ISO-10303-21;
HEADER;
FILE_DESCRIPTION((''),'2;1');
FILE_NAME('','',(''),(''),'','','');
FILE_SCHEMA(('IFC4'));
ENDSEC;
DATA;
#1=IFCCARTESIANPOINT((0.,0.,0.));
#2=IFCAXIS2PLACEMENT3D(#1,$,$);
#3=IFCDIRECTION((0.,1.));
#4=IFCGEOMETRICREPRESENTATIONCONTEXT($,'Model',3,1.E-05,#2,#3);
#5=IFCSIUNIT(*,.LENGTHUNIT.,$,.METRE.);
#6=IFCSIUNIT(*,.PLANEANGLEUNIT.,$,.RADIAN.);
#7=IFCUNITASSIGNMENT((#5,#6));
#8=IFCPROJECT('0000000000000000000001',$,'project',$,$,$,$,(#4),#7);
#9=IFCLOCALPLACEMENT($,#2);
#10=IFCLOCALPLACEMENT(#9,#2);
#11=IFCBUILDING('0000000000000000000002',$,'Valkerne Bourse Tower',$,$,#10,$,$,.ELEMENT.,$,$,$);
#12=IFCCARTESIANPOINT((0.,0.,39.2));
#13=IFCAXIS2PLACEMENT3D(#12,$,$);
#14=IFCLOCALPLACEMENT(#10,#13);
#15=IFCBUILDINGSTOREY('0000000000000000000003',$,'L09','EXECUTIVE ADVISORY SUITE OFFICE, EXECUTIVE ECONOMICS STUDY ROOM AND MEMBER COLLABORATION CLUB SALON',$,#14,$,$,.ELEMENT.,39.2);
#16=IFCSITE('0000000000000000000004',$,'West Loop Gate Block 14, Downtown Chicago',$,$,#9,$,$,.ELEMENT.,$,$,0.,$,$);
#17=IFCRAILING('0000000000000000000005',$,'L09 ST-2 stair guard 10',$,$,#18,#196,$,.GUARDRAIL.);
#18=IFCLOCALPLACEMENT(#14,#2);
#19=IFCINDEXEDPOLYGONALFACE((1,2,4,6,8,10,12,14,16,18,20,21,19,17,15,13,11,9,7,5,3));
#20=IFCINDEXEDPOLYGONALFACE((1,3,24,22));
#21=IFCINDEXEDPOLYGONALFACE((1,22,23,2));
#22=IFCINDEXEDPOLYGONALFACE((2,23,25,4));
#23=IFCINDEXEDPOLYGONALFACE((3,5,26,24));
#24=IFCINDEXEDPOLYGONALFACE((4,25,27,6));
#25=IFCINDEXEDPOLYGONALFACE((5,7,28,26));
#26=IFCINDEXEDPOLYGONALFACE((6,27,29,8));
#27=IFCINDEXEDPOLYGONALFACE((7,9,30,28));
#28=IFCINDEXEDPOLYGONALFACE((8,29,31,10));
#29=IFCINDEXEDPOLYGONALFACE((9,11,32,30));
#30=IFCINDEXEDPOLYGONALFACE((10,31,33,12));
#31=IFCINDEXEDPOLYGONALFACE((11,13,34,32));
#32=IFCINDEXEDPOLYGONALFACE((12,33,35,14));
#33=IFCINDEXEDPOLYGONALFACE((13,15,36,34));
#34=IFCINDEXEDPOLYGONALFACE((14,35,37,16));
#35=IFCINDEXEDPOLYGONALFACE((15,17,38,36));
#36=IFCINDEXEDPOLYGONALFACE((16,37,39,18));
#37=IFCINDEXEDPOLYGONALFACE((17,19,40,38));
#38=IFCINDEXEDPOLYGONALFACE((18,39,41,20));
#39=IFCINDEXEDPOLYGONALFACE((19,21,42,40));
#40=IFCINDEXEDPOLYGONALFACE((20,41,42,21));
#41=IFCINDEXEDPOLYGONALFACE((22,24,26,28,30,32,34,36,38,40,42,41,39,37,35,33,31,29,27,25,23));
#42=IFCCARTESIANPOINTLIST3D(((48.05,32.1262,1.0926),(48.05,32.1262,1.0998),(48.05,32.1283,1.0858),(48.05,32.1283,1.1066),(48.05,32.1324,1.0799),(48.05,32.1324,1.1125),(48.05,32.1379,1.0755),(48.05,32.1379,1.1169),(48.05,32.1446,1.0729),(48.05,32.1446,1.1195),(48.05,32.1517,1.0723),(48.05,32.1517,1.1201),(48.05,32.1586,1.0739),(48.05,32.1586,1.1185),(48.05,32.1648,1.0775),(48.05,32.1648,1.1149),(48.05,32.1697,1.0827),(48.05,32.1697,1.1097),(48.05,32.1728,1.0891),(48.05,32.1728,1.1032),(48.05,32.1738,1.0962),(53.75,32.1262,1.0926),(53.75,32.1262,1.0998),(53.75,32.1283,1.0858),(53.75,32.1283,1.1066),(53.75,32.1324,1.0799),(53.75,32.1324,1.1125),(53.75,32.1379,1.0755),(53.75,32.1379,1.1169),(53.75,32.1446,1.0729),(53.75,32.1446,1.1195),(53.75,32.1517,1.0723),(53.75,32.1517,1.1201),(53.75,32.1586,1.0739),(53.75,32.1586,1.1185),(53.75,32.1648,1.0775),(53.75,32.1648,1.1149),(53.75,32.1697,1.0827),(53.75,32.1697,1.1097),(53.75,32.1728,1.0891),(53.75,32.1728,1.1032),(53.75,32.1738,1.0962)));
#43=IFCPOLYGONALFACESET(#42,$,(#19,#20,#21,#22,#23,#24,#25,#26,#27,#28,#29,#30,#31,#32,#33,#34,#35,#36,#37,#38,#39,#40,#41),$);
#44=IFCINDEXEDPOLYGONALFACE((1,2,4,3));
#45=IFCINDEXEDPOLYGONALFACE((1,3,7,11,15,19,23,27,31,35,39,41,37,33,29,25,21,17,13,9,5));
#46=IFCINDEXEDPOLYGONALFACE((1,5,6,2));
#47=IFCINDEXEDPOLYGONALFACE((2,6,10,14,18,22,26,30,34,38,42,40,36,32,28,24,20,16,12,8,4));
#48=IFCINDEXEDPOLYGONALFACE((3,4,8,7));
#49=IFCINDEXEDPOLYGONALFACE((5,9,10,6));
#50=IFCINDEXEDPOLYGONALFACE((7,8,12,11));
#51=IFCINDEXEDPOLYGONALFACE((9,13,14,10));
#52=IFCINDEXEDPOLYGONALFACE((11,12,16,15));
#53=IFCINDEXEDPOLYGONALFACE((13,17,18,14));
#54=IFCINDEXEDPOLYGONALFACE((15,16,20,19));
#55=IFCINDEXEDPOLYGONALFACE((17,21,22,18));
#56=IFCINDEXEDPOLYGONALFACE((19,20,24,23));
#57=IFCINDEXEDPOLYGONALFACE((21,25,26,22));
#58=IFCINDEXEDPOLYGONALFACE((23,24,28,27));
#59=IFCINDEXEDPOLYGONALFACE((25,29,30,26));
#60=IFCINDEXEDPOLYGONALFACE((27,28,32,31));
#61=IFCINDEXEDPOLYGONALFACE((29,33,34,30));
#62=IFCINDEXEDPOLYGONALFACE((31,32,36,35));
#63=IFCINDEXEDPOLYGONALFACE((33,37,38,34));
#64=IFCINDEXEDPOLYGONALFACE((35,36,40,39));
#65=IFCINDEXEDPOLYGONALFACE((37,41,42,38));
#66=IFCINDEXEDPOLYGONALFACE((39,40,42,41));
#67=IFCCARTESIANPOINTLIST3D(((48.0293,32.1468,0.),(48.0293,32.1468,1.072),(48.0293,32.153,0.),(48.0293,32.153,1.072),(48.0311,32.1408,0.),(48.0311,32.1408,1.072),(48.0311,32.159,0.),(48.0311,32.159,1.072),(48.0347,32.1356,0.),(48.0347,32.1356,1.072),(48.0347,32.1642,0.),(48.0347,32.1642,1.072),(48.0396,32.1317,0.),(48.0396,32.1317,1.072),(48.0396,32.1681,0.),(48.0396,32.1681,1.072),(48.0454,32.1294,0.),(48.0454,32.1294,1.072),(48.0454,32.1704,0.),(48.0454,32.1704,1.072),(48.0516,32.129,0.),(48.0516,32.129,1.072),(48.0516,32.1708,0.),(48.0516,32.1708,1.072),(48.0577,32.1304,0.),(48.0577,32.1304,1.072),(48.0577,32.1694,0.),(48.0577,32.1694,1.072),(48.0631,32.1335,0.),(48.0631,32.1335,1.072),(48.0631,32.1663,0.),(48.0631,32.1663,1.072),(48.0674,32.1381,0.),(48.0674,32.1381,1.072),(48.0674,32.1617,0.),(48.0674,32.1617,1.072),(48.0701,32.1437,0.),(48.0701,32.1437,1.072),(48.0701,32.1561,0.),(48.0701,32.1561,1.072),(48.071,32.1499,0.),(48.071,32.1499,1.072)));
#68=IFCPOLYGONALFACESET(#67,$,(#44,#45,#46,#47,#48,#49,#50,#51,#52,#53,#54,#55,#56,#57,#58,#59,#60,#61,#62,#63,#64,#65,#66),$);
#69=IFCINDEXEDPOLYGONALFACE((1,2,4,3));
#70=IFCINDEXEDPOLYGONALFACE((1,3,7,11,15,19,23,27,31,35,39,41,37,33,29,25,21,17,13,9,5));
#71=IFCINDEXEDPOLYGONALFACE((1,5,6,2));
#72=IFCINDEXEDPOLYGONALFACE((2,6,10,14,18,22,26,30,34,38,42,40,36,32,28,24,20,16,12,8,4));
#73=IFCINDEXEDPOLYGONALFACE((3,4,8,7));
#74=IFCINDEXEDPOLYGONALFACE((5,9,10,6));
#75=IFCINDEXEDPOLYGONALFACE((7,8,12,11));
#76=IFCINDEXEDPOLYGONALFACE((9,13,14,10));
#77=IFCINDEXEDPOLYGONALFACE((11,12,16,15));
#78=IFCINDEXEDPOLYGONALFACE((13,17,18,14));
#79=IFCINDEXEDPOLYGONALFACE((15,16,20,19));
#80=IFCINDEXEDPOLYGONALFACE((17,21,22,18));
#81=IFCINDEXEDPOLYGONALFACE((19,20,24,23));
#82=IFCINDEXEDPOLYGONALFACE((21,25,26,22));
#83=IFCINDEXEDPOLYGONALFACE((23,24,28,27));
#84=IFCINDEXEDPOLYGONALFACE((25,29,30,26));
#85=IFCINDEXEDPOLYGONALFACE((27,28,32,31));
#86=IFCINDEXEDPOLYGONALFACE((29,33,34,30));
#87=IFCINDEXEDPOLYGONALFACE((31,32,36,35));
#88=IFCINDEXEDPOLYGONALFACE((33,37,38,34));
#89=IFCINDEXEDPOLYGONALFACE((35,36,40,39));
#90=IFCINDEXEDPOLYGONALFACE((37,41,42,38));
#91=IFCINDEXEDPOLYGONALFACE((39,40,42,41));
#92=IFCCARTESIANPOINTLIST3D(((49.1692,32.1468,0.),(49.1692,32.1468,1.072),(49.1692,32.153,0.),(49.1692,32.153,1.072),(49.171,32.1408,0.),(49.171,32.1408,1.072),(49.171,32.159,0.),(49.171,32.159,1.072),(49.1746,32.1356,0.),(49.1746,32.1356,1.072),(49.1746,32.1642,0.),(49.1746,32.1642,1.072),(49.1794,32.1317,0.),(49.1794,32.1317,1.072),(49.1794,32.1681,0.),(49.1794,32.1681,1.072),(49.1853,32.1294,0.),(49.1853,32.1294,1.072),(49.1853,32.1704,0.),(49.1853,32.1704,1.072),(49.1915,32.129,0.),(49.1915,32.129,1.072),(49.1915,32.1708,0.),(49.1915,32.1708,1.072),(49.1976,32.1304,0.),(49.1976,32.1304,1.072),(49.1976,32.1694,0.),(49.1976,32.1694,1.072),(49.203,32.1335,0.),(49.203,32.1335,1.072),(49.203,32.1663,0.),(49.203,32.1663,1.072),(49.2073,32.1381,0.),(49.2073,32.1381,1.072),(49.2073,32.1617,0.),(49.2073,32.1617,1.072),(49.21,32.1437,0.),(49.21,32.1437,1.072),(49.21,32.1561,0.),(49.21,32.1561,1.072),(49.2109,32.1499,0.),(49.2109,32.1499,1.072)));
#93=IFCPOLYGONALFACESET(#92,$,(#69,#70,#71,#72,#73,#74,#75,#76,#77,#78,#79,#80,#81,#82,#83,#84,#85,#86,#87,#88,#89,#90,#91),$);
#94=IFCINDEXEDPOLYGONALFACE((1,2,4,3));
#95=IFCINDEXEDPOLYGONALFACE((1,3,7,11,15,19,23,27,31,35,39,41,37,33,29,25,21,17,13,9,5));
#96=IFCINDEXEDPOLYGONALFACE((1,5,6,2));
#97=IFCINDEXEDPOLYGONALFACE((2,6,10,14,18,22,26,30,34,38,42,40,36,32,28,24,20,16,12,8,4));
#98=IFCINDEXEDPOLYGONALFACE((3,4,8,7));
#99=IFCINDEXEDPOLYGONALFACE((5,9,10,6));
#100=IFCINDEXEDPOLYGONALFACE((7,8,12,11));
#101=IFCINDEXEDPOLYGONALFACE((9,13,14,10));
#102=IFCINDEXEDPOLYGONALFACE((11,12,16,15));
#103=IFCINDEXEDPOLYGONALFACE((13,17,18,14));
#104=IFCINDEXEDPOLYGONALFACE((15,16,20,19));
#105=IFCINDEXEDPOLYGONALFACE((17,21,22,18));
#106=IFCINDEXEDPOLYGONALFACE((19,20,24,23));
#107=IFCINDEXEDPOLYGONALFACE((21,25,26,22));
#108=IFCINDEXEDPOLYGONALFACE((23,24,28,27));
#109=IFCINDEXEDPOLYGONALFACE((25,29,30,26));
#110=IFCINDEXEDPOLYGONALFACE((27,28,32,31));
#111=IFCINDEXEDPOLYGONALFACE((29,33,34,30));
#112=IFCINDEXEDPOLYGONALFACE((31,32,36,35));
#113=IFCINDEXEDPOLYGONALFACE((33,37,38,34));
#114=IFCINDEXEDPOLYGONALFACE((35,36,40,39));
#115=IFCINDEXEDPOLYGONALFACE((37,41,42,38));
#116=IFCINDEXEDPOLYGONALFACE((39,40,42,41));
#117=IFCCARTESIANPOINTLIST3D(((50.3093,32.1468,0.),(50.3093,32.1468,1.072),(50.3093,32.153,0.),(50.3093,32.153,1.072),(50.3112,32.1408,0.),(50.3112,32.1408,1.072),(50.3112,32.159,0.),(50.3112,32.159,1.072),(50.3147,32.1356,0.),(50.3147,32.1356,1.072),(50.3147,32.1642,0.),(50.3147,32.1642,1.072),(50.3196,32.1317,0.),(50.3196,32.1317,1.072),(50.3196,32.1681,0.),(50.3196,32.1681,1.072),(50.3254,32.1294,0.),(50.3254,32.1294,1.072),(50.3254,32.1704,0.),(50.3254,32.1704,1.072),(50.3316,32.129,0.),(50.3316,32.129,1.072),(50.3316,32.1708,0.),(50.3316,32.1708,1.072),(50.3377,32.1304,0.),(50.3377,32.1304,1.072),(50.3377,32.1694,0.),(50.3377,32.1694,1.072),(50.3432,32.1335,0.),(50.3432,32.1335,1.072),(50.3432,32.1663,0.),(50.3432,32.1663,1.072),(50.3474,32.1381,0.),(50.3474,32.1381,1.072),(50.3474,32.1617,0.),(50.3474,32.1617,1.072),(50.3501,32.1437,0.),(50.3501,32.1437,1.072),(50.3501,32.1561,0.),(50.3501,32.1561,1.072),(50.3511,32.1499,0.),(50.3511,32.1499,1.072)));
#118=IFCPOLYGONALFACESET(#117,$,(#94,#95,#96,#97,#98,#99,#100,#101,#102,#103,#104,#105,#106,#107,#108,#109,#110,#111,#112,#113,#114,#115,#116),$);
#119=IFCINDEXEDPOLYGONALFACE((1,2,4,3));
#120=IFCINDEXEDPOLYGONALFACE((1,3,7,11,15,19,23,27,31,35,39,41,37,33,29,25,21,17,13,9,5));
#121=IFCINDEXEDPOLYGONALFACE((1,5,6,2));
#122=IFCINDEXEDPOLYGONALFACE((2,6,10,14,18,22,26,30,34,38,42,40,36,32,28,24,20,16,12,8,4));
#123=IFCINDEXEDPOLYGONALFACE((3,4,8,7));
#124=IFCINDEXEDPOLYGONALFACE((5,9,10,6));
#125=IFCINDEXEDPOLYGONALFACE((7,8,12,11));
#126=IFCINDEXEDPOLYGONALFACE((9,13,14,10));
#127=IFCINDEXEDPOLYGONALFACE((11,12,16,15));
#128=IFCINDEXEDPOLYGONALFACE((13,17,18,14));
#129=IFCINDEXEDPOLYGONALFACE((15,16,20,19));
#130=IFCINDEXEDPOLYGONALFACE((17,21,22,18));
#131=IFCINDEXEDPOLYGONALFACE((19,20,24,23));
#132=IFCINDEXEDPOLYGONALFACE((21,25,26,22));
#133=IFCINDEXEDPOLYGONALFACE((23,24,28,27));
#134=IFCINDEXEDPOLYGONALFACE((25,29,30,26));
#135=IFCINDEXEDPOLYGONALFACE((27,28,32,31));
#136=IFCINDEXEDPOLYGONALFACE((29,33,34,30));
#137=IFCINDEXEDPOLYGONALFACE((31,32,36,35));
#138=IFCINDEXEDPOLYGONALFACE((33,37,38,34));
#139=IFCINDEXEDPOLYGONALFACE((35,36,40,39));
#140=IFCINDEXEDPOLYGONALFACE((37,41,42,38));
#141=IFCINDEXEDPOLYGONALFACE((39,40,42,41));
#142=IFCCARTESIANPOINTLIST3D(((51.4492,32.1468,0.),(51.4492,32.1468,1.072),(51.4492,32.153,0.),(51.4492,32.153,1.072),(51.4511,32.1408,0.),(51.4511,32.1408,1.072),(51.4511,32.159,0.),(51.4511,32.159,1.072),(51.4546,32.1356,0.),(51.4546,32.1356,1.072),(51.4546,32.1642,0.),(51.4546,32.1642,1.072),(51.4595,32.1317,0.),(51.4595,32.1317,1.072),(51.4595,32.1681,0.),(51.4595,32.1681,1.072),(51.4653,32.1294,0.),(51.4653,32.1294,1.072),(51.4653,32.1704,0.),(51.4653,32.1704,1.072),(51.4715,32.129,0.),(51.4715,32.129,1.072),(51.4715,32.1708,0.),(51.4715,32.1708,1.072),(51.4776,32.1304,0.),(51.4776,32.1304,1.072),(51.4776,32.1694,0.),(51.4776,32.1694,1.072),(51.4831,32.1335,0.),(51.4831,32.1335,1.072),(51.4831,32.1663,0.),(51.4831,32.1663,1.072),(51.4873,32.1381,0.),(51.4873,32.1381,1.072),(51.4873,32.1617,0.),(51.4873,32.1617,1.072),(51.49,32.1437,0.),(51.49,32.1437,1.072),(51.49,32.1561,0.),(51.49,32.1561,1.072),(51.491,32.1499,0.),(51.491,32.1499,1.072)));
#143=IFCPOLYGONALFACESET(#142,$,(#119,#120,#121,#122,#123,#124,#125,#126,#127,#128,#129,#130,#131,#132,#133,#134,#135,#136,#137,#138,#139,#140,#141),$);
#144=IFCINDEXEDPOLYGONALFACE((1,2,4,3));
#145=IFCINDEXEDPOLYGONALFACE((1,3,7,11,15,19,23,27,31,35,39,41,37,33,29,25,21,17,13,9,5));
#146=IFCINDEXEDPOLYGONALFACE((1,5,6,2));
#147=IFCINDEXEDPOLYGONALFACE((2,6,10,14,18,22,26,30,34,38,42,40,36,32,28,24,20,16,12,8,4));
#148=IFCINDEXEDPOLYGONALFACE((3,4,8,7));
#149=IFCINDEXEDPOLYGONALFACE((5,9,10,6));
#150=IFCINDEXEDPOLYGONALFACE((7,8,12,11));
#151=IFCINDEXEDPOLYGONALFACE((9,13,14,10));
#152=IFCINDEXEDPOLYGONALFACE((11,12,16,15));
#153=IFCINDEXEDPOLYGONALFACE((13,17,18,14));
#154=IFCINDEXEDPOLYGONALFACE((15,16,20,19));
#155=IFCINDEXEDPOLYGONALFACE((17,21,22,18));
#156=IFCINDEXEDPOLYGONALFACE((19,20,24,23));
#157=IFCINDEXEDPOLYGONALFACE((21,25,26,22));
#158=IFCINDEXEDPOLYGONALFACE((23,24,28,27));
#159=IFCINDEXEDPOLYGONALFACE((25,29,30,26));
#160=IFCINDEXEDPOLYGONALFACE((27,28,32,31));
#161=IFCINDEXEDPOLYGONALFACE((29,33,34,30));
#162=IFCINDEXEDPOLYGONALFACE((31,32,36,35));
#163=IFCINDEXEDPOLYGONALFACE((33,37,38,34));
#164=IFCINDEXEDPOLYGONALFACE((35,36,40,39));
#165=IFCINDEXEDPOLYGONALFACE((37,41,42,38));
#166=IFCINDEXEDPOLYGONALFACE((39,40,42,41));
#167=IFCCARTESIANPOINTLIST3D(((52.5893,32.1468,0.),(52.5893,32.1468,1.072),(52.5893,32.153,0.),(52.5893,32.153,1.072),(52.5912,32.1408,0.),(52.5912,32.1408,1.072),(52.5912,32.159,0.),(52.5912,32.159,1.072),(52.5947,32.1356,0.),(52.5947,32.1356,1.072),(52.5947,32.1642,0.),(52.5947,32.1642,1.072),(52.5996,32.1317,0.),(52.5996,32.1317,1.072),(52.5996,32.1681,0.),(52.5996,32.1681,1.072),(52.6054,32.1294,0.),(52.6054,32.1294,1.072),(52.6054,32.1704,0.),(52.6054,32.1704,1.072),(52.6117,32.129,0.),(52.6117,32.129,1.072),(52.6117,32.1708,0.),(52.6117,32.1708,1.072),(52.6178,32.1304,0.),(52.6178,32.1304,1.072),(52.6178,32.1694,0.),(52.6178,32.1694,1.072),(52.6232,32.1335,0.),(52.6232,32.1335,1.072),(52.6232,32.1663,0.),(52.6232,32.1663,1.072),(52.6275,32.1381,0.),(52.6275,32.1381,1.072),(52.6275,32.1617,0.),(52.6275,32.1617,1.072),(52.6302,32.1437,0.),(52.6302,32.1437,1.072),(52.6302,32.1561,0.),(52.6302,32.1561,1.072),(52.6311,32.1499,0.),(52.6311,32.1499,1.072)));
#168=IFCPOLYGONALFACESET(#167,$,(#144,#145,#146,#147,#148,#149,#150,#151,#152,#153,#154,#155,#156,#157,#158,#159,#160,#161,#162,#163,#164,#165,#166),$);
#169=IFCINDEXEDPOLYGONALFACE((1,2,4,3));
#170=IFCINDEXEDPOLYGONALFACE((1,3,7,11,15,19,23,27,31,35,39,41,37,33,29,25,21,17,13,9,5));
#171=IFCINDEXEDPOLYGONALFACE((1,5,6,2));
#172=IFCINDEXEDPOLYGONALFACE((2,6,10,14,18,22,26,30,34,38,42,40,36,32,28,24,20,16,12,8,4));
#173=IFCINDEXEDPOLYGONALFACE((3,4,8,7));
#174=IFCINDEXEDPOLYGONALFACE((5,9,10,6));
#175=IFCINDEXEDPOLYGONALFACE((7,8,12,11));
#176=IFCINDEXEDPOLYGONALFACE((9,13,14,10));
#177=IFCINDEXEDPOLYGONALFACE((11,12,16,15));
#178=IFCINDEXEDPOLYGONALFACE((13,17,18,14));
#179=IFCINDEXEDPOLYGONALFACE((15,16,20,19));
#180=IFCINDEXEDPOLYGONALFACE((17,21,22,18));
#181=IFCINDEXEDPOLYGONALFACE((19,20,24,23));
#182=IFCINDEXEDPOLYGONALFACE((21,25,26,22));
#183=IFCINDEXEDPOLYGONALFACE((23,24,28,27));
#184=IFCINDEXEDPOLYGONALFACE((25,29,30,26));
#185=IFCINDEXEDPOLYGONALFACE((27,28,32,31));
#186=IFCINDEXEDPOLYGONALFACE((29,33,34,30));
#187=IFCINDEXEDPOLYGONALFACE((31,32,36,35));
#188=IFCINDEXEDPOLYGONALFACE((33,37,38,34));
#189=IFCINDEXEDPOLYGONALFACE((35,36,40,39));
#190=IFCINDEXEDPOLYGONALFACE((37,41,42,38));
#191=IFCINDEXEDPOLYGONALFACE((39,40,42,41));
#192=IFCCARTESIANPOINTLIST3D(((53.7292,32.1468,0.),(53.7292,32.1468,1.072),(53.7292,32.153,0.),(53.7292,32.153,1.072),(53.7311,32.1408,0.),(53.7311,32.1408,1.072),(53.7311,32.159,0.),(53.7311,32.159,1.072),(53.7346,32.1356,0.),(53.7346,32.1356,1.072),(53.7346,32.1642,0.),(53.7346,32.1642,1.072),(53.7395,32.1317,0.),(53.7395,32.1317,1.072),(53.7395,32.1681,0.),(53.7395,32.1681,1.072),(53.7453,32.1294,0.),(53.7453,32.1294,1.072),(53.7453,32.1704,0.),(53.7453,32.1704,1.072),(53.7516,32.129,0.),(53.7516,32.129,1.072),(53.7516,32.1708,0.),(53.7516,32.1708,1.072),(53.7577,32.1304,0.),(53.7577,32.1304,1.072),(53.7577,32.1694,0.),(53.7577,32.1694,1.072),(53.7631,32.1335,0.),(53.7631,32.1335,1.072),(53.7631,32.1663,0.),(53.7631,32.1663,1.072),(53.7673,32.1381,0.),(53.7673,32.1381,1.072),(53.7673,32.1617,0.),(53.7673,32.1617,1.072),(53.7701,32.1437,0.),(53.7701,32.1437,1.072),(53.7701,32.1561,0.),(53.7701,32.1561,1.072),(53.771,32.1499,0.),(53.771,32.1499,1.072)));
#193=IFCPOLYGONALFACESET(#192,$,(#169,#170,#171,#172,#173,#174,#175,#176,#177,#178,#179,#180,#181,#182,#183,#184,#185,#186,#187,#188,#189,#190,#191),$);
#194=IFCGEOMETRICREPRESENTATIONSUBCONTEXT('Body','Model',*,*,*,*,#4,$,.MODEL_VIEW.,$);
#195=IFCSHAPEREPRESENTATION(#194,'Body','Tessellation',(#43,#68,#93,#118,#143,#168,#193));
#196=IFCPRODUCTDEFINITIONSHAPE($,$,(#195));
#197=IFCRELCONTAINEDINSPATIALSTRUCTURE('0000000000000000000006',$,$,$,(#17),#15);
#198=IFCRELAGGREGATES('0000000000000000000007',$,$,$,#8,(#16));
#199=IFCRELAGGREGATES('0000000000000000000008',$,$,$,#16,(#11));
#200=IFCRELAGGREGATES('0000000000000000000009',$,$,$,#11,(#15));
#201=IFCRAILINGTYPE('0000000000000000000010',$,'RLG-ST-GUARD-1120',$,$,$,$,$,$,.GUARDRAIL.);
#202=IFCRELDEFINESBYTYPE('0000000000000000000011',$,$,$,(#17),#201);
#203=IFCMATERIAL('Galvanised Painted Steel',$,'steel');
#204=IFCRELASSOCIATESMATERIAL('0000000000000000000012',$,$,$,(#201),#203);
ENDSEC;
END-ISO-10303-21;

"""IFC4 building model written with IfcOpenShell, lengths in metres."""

from ifc_helpers import new_model, si_unit, direction, frame, origin, origin_2d, place, context, subcontext, project, spatial, circle, extrude, material, type_object, element, save


model = new_model("IFC4")

# Units and contexts
model_context = context("Model", 3, precision=1e-05, world=origin(), true_north=direction((0.0, 1.0)))
body_context = subcontext(model_context, "Body", "Model", "MODEL_VIEW")
ifc_project = project(units=[si_unit("LENGTHUNIT", "METRE"), si_unit("PLANEANGLEUNIT", "RADIAN")], contexts=[model_context])

# Site, building, storey
site_placement = place(None, origin())
site = spatial("IfcSite", under=ifc_project, at=site_placement, Name="West Loop Gate Block 14, Downtown Chicago", CompositionType="ELEMENT", RefElevation=0.0)
building_placement = place(site_placement, origin())
building = spatial("IfcBuilding", under=site, at=building_placement, Name="Valkerne Bourse Tower", CompositionType="ELEMENT")
storey_placement = place(building_placement, frame((0.0, 0.0, 39.2)))
storey = spatial("IfcBuildingStorey", under=building, at=storey_placement, Name="L09", Description="EXECUTIVE ADVISORY SUITE OFFICE, EXECUTIVE ECONOMICS STUDY ROOM AND MEMBER COLLABORATION CLUB SALON", CompositionType="ELEMENT", Elevation=39.2)

# Shared definitions
ifc_material_1 = material(Name="Galvanised Painted Steel", Category="steel")

# Railing
railing_type_1 = type_object("IfcRailingType", Name="RLG-ST-GUARD-1120", PredefinedType="GUARDRAIL", material=ifc_material_1)
for number, where, name in (
    (1, (48.05, 32.1499, 0.0), "L09 ST-2 stair guard 10"),
):
    element("IfcRailing", number, at=place(storey_placement, frame(where)), inside=storey, type_object=railing_type_1, Name=name, PredefinedType="GUARDRAIL", context=body_context, shape_type="SweptSolid", body=[
        extrude(circle(Radius=0.0239, at=origin_2d()), frame((0.0, 0.0, 1.0962), z_axis=(1.0, 0.0, 0.0), x_axis=(0.0, 1.0, 0.0)), (0.0, 0.0, 1.0), 5.7),
        extrude(circle(Radius=0.021, at=origin_2d()), origin(), (0.0, 0.0, 1.0), 1.072),
        extrude(circle(Radius=0.021, at=origin_2d()), frame((1.1399, 0.0, 0.0)), (0.0, 0.0, 1.0), 1.072),
        extrude(circle(Radius=0.021, at=origin_2d()), frame((2.28, 0.0, 0.0)), (0.0, 0.0, 1.0), 1.072),
        extrude(circle(Radius=0.021, at=origin_2d()), frame((3.4199, 0.0, 0.0)), (0.0, 0.0, 1.0), 1.072),
        extrude(circle(Radius=0.021, at=origin_2d()), frame((4.5601, 0.0, 0.0)), (0.0, 0.0, 1.0), 1.072),
        extrude(circle(Radius=0.021, at=origin_2d()), frame((5.7, 0.0, 0.0)), (0.0, 0.0, 1.0), 1.072),
    ])

save(model, "model.ifc")
